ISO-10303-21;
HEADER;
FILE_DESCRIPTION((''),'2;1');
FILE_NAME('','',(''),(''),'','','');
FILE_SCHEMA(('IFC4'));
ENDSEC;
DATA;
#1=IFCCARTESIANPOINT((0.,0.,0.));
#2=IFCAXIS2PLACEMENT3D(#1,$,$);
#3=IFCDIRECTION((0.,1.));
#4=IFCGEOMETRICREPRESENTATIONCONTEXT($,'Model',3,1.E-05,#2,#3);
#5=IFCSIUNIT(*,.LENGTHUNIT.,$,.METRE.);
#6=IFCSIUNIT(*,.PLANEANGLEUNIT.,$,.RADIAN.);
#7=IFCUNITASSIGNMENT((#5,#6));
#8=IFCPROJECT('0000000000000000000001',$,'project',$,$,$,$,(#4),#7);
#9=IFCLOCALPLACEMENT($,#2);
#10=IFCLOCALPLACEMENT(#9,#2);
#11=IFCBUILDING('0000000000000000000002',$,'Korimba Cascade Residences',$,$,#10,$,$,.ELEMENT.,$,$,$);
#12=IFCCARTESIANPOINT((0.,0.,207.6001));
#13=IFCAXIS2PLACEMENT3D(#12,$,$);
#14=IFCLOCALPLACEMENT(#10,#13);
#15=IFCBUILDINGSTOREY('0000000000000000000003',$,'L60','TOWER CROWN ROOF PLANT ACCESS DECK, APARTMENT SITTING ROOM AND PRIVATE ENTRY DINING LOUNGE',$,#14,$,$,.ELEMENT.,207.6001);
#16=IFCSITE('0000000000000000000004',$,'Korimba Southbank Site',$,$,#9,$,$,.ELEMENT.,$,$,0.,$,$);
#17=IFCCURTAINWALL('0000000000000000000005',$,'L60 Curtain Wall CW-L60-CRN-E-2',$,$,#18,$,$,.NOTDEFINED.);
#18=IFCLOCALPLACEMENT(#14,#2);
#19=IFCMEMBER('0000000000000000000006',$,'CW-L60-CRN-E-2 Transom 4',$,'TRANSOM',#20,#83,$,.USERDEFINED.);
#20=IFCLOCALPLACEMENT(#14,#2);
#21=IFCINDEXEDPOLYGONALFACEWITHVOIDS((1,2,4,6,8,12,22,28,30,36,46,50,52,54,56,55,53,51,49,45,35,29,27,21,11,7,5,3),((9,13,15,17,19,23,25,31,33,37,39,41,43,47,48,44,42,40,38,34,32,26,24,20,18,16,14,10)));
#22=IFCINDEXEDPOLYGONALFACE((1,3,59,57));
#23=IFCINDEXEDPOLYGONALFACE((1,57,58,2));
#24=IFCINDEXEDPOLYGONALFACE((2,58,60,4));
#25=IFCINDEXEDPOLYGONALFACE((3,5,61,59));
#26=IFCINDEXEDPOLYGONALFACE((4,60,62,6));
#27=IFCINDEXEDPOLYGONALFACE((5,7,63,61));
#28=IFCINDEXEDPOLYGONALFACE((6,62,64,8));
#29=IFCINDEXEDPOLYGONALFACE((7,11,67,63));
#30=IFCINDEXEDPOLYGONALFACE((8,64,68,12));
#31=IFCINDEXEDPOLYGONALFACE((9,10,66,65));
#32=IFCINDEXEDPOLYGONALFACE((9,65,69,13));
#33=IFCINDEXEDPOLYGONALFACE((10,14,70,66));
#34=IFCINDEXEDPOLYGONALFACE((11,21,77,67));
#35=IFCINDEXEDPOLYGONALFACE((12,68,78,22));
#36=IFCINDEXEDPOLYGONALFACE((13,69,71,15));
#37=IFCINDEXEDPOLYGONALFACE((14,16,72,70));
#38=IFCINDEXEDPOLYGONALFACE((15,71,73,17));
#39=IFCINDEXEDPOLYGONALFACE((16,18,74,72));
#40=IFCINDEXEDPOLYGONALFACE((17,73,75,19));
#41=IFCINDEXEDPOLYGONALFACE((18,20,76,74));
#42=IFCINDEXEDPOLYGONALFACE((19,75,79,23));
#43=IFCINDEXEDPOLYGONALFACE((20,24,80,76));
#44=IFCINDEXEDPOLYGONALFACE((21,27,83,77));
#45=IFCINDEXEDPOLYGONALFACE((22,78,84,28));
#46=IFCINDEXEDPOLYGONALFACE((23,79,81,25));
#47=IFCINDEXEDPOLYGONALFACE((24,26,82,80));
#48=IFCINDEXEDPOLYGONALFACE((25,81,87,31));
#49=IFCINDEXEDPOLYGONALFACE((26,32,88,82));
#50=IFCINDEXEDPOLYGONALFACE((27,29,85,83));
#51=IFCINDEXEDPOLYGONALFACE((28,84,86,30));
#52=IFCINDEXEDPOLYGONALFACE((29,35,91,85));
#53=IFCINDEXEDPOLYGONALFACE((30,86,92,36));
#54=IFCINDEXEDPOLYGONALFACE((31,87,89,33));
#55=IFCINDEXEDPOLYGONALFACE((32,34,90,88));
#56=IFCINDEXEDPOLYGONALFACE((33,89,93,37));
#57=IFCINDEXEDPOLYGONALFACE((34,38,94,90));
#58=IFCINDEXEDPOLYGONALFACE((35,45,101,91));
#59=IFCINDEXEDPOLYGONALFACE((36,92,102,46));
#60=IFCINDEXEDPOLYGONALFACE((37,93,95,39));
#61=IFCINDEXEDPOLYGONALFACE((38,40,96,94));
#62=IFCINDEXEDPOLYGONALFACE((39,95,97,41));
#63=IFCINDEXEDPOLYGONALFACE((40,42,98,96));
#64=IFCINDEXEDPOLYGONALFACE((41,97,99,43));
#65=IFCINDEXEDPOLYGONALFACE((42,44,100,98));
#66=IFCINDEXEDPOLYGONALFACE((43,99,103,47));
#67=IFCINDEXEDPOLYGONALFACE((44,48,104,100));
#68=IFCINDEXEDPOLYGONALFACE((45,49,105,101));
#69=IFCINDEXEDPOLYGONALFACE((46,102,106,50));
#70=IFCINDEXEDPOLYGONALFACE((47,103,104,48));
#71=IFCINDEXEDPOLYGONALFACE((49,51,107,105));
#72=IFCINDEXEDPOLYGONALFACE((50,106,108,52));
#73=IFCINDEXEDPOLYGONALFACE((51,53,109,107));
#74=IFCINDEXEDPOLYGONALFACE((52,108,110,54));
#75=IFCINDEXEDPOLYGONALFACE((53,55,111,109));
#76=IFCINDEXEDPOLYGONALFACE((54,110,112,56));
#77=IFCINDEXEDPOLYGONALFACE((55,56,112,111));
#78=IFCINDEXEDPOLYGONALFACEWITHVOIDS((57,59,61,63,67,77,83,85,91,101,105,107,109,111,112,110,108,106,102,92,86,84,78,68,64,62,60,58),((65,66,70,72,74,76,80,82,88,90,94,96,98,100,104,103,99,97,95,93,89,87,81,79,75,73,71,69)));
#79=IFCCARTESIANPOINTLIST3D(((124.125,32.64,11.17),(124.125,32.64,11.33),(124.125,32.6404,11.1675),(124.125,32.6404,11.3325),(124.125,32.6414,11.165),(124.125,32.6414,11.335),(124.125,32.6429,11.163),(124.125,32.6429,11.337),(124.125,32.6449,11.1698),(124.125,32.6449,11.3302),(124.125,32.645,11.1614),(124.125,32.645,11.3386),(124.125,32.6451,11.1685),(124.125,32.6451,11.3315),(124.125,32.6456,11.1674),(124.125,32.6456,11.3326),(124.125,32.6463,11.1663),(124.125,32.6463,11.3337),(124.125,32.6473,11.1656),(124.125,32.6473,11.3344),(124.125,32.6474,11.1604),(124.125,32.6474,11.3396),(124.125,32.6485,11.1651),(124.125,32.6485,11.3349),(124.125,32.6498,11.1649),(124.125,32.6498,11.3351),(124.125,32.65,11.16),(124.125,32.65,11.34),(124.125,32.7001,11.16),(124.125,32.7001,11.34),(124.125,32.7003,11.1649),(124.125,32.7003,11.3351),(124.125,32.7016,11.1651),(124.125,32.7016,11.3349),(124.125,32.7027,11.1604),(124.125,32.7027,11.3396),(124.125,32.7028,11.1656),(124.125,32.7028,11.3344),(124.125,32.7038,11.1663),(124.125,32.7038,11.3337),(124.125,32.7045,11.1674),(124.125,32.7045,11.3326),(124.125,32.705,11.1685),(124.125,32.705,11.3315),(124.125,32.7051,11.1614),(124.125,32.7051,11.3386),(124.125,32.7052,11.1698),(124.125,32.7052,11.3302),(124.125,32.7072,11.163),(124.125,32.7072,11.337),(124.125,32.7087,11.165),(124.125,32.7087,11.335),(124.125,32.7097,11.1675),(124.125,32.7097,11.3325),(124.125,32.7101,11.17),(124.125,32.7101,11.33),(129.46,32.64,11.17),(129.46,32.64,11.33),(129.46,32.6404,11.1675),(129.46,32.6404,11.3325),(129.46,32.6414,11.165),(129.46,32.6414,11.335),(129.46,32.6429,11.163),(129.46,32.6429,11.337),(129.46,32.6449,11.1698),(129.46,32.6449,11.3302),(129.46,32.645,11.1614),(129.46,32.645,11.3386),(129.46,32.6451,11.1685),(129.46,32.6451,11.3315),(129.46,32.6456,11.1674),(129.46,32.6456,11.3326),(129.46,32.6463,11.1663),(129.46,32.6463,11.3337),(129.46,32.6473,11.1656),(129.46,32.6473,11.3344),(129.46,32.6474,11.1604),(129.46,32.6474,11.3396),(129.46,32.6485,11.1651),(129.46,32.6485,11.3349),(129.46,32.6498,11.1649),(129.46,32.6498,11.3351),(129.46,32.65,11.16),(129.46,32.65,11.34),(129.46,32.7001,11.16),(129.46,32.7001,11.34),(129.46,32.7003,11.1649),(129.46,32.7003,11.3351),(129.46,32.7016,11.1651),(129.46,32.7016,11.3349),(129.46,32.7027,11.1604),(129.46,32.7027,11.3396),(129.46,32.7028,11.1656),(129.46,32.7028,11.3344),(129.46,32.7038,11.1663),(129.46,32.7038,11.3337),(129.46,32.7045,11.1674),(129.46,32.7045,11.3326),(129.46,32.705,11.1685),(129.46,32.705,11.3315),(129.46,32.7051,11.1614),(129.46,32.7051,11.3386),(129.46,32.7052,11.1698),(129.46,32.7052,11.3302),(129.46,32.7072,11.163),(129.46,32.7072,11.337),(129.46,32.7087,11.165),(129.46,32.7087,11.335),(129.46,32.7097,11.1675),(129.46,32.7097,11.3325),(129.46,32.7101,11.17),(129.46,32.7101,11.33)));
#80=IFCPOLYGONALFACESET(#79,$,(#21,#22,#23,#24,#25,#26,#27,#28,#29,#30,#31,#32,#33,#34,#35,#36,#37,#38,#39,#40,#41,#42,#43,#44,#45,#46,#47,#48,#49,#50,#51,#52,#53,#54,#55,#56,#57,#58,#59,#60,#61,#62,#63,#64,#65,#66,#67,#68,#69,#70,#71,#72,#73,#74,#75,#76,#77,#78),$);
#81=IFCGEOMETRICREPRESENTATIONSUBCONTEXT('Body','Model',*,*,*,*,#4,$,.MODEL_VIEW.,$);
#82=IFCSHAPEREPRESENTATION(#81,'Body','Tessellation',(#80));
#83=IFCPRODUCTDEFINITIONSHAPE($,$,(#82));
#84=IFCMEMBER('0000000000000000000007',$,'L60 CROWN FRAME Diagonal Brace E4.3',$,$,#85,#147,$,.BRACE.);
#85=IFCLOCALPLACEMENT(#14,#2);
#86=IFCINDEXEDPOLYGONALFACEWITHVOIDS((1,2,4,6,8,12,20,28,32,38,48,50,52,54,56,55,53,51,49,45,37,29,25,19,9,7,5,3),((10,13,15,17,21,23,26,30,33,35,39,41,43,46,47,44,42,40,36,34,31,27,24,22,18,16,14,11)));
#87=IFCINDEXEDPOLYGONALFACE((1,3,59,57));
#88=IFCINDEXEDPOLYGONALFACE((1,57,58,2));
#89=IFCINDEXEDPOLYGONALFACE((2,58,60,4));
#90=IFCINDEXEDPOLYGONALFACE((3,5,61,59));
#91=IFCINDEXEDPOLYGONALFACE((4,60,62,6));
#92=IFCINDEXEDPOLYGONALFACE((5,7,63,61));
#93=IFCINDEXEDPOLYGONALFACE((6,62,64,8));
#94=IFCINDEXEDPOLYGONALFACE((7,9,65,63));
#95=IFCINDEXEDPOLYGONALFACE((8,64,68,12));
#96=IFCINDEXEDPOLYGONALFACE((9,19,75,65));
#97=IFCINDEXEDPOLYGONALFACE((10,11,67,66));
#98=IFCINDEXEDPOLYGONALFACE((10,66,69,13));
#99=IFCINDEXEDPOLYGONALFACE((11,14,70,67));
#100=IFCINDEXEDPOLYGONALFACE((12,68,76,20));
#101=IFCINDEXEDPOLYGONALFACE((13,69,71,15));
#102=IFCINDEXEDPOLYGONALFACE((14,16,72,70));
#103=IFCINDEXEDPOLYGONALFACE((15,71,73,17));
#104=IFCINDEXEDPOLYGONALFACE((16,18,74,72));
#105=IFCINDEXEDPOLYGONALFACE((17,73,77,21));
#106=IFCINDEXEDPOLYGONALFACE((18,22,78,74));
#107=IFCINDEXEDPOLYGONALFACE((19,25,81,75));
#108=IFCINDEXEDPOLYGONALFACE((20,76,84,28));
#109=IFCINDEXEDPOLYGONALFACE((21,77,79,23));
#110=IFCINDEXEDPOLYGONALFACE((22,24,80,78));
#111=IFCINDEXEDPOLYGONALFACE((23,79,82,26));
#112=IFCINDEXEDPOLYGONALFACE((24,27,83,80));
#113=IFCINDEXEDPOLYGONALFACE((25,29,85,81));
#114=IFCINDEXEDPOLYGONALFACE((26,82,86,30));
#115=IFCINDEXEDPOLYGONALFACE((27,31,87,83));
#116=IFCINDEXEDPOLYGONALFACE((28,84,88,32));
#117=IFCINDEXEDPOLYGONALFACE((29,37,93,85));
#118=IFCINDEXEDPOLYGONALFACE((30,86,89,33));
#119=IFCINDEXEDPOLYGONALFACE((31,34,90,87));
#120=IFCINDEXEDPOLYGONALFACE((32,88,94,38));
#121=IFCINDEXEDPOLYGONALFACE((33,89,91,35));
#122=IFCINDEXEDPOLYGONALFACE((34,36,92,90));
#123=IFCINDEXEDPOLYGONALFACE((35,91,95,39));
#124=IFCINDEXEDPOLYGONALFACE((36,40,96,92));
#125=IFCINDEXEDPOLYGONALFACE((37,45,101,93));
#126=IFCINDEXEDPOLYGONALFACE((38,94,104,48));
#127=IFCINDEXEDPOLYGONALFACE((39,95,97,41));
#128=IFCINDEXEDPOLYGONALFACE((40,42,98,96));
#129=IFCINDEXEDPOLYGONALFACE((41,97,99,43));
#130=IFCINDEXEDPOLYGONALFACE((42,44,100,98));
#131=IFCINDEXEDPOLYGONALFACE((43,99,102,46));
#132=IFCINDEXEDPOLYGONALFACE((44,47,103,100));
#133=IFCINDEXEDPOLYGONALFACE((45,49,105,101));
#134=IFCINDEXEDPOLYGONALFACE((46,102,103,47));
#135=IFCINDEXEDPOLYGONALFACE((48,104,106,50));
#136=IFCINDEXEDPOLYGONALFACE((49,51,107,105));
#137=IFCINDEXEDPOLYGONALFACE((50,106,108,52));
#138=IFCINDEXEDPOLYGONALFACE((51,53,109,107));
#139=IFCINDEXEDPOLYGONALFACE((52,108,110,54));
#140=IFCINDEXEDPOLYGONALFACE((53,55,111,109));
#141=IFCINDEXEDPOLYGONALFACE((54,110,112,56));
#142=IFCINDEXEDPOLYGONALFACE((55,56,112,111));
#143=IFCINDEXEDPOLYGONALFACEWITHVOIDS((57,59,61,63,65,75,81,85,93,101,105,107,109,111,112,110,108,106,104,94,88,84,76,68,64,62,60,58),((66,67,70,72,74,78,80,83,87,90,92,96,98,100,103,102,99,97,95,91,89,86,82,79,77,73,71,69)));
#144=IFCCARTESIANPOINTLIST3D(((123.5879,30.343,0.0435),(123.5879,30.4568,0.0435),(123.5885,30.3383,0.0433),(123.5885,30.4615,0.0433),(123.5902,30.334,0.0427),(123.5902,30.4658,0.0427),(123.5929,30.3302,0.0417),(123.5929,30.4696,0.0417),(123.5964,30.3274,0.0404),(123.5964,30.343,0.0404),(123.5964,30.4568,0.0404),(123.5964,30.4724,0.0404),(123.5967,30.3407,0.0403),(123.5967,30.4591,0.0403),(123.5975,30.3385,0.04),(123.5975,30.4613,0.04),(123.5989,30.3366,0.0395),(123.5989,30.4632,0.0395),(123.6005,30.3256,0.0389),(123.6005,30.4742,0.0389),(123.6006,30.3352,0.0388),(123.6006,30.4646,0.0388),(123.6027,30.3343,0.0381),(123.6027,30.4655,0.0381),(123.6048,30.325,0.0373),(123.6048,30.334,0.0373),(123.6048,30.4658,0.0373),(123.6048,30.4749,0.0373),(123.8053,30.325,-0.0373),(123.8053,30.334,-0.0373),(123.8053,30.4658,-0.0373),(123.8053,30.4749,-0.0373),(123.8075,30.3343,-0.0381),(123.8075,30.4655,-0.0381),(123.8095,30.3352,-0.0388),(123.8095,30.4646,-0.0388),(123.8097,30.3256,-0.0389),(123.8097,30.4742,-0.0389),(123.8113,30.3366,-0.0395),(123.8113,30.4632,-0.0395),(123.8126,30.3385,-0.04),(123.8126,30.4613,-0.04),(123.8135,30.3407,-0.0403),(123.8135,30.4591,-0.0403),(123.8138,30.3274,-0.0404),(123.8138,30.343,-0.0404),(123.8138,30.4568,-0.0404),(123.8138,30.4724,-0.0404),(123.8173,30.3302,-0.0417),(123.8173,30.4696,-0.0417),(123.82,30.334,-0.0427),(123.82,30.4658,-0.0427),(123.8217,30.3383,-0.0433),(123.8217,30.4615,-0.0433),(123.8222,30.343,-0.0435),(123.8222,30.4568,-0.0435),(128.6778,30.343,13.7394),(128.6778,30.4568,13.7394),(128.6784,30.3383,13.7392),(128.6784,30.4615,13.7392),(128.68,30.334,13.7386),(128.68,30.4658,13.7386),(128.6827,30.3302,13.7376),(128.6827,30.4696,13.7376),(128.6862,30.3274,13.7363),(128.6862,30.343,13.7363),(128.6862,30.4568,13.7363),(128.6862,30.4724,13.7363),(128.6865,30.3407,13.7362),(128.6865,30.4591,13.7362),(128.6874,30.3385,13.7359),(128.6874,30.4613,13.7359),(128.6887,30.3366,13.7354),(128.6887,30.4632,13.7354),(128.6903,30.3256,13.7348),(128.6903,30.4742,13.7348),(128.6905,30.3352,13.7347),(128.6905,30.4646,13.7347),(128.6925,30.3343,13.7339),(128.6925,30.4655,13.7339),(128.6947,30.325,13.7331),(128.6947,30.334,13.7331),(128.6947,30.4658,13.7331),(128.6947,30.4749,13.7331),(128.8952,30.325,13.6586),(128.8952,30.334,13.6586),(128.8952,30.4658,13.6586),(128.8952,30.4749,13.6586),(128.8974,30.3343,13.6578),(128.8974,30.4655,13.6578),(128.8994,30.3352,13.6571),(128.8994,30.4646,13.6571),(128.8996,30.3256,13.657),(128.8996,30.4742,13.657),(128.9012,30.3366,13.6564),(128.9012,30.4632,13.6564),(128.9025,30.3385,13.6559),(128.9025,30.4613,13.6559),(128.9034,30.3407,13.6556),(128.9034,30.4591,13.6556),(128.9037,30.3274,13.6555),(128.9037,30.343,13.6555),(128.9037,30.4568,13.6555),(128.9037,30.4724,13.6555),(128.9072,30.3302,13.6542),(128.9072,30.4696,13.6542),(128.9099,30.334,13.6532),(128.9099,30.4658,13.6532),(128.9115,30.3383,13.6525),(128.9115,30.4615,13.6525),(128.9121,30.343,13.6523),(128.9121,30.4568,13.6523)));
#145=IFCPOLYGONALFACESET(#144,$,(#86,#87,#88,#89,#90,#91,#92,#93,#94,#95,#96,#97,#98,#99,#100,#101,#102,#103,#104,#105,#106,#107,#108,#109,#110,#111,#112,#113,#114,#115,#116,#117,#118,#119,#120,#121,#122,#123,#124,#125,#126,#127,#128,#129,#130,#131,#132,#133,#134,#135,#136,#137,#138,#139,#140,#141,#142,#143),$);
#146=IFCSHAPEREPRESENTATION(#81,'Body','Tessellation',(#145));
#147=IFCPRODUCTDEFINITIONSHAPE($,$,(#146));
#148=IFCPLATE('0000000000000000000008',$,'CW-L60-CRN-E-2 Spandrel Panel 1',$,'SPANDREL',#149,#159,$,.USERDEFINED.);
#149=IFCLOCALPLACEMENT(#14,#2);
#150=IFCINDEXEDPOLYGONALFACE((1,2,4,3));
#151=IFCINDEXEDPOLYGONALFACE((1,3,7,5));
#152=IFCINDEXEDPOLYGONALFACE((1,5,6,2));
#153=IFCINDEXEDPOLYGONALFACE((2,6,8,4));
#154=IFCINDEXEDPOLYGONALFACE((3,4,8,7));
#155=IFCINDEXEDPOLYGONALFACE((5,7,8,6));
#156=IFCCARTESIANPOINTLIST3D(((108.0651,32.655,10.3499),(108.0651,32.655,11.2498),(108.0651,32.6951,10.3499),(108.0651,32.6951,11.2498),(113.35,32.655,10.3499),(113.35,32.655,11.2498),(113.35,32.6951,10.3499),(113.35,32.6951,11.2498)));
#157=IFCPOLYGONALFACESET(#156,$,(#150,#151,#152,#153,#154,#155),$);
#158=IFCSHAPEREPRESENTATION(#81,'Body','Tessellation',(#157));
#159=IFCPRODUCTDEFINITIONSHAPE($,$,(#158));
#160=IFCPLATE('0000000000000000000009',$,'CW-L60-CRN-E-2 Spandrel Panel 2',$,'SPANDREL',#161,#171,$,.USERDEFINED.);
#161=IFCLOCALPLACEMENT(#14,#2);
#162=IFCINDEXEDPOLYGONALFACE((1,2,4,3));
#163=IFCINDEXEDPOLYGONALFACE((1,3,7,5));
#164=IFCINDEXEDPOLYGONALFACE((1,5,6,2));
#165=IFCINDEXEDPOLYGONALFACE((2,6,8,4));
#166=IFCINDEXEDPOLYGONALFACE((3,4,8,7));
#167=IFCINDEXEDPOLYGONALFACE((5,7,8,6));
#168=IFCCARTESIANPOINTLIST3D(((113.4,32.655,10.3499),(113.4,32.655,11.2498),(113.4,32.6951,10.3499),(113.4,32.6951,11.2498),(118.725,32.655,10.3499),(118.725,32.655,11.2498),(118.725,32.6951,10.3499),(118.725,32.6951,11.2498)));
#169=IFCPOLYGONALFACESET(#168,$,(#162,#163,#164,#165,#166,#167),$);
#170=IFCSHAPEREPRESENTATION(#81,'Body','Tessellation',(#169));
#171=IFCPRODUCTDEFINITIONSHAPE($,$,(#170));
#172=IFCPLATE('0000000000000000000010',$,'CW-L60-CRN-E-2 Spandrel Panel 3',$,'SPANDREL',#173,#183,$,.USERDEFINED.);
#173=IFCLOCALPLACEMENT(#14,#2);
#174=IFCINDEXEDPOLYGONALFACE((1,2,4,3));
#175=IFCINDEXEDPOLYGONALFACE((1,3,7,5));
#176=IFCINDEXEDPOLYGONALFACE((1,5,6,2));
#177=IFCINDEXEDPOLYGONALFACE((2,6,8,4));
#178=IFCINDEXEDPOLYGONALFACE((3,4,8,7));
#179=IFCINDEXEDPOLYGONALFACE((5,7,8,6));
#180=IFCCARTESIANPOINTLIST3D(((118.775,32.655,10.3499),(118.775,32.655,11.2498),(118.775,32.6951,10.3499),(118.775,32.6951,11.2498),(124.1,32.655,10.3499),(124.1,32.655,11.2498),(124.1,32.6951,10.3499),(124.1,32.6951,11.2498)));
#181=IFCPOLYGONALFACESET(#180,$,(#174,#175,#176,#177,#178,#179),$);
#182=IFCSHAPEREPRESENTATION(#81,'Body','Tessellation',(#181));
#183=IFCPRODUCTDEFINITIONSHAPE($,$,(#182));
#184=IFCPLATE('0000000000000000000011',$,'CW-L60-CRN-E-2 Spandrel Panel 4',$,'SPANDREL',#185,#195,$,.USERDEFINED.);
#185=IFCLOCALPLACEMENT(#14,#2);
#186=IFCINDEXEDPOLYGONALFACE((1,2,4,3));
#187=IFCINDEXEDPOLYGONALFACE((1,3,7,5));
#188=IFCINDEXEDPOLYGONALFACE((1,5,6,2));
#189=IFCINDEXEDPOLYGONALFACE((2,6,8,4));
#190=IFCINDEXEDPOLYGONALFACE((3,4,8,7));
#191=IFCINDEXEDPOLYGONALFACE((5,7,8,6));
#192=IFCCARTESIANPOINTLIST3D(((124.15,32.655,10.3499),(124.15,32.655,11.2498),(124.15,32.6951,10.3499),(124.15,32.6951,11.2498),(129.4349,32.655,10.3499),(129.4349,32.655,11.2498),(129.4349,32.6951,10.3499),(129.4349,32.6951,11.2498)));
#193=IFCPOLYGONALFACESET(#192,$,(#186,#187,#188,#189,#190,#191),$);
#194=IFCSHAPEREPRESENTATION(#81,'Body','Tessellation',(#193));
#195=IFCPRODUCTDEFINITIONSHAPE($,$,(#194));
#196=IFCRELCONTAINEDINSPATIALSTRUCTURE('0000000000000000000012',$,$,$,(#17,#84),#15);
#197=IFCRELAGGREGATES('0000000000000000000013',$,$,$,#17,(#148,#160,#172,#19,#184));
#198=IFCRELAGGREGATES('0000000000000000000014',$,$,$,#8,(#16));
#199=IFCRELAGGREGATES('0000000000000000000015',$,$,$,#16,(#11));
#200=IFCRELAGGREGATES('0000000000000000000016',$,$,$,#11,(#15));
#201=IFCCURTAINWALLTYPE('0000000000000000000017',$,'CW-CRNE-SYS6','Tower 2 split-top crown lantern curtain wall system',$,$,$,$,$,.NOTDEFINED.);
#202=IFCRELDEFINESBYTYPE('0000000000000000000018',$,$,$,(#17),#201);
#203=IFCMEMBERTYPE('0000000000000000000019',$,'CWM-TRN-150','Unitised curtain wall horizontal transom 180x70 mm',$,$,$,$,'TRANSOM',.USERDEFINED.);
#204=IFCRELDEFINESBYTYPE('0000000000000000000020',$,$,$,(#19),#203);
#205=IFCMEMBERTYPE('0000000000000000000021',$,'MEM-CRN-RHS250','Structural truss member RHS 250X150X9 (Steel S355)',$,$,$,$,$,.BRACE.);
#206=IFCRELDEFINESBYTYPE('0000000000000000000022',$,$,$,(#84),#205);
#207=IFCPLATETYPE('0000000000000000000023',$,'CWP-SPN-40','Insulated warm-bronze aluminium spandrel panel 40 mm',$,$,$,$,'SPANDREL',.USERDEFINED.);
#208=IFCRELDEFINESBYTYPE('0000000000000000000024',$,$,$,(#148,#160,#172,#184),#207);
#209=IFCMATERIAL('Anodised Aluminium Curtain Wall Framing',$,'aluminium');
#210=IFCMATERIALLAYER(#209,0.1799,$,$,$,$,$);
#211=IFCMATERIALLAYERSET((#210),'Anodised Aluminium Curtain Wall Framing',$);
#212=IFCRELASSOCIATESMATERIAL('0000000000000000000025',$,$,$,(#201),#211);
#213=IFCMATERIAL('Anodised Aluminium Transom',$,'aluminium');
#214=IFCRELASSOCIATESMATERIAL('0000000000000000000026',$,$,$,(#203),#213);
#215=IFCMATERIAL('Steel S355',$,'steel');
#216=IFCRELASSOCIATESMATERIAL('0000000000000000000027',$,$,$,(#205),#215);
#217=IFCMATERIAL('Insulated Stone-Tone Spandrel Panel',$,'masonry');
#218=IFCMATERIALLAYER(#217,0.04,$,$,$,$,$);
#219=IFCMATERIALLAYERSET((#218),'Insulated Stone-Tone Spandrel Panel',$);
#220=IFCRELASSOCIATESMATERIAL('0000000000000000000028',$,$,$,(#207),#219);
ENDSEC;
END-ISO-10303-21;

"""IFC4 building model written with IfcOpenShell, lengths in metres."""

from ifc_helpers import new_model, si_unit, direction, frame, origin, origin_2d, place, context, subcontext, project, spatial, rectangle, hollow_rectangle, extrude, material, layer, layer_set, material_profile, profile_set, type_object, element, aggregate, save


model = new_model("IFC4")

# Units and contexts
model_context = context("Model", 3, precision=1e-05, world=origin(), true_north=direction((0.0, 1.0)))
body_context = subcontext(model_context, "Body", "Model", "MODEL_VIEW")
ifc_project = project(units=[si_unit("LENGTHUNIT", "METRE"), si_unit("PLANEANGLEUNIT", "RADIAN")], contexts=[model_context])

# Site, building, storey
site_placement = place(None, origin())
site = spatial("IfcSite", under=ifc_project, at=site_placement, Name="Korimba Southbank Site", CompositionType="ELEMENT", RefElevation=0.0)
building_placement = place(site_placement, origin())
building = spatial("IfcBuilding", under=site, at=building_placement, Name="Korimba Cascade Residences", CompositionType="ELEMENT")
storey_placement = place(building_placement, frame((0.0, 0.0, 207.6001)))
storey = spatial("IfcBuildingStorey", under=building, at=storey_placement, Name="L60", Description="TOWER CROWN ROOF PLANT ACCESS DECK, APARTMENT SITTING ROOM AND PRIVATE ENTRY DINING LOUNGE", CompositionType="ELEMENT", Elevation=207.6001)

# Shared definitions
ifc_material_1 = material(Name="Steel S355", Category="steel")

# Curtain wall, member
ifc_material_2 = material(Name="Anodised Aluminium Curtain Wall Framing", Category="aluminium")
ifc_layer_1 = layer(ifc_material_2, 0.1799)
ifc_layer_set_1 = layer_set([ifc_layer_1], Name="Anodised Aluminium Curtain Wall Framing")
curtain_wall_type = type_object("IfcCurtainWallType", Name="CW-CRNE-SYS6", Description="Tower 2 split-top crown lantern curtain wall system", PredefinedType="NOTDEFINED", material=ifc_layer_set_1)
curtain_wall_placement = place(storey_placement, origin())
curtain_wall = element("IfcCurtainWall", 1, at=curtain_wall_placement, inside=storey, type_object=curtain_wall_type, Name="L60 Curtain Wall CW-L60-CRN-E-2", PredefinedType="NOTDEFINED")
ifc_material_3 = material(Name="Anodised Aluminium Transom", Category="aluminium")
ifc_material_profile_1 = material_profile(ifc_material_3, hollow_rectangle(XDim=0.0701, YDim=0.1799, WallThickness=0.0049, InnerFilletRadius=0.0049, OuterFilletRadius=0.01, at=origin_2d()), Name="Anodised Aluminium Transom")
ifc_profile_set_1 = profile_set([ifc_material_profile_1], Name="Anodised Aluminium Transom")
member_type_1 = type_object("IfcMemberType", Name="CWM-TRN-150", Description="Unitised curtain wall horizontal transom 180x70 mm", ElementType="TRANSOM", PredefinedType="USERDEFINED", material=ifc_profile_set_1)
member_1_placement = place(storey_placement, frame((124.125, 32.675, 11.25), z_axis=(1.0, 0.0, 0.0), x_axis=(0.0, 1.0, 0.0)))
member_1 = element("IfcMember", 2, at=member_1_placement, type_object=member_type_1, Name="CW-L60-CRN-E-2 Transom 4", ObjectType="TRANSOM", PredefinedType="USERDEFINED", context=body_context, shape_type="SweptSolid", body=[
    extrude(hollow_rectangle(XDim=0.0701, YDim=0.1799, WallThickness=0.0049, InnerFilletRadius=0.0049, OuterFilletRadius=0.01, at=origin_2d()), origin(), (0.0, 0.0, 1.0), 5.335),
])

# Member
ifc_material_profile_2 = material_profile(ifc_material_1, hollow_rectangle(XDim=0.1499, YDim=0.25, WallThickness=0.009, InnerFilletRadius=0.009, OuterFilletRadius=0.0181, at=origin_2d()), Name="Steel S355")
ifc_profile_set_2 = profile_set([ifc_material_profile_2], Name="Steel S355")
member_type_2 = type_object("IfcMemberType", Name="MEM-CRN-RHS250", Description="Structural truss member RHS 250X150X9 (Steel S355)", PredefinedType="BRACE", material=ifc_profile_set_2)
member_2_placement = place(storey_placement, frame((123.7051, 30.3999, 0.0), z_axis=(0.348357, 0.0, 0.937362), x_axis=(0.0, 1.0, 0.0)))
element("IfcMember", 3, at=member_2_placement, inside=storey, type_object=member_type_2, Name="L60 CROWN FRAME Diagonal Brace E4.3", PredefinedType="BRACE", context=body_context, shape_type="SweptSolid", body=[
    extrude(hollow_rectangle(XDim=0.1499, YDim=0.25, WallThickness=0.009, InnerFilletRadius=0.009, OuterFilletRadius=0.0181, at=origin_2d()), origin(), (0.0, 0.0, 1.0), 14.6111),
])

# Plates
ifc_material_4 = material(Name="Insulated Stone-Tone Spandrel Panel", Category="masonry")
ifc_layer_2 = layer(ifc_material_4, 0.04)
ifc_layer_set_2 = layer_set([ifc_layer_2], Name="Insulated Stone-Tone Spandrel Panel")
plate_type_1 = type_object("IfcPlateType", Name="CWP-SPN-40", Description="Insulated warm-bronze aluminium spandrel panel 40 mm", ElementType="SPANDREL", PredefinedType="USERDEFINED", material=ifc_layer_set_2)
plate_1_placement = place(storey_placement, frame((110.7075, 32.675, 10.3499), z_axis=(0.0, 0.0, 1.0), x_axis=(1.0, 0.0, 0.0)))
plate_1 = element("IfcPlate", 4, at=plate_1_placement, type_object=plate_type_1, Name="CW-L60-CRN-E-2 Spandrel Panel 1", ObjectType="SPANDREL", PredefinedType="USERDEFINED", context=body_context, shape_type="SweptSolid", body=[
    extrude(rectangle(XDim=5.2849, YDim=0.04, at=origin_2d()), origin(), (0.0, 0.0, 1.0), 0.8999),
])
plate_2_placement = place(storey_placement, frame((116.0625, 32.675, 10.3499), z_axis=(0.0, 0.0, 1.0), x_axis=(1.0, 0.0, 0.0)))
plate_2 = element("IfcPlate", 5, at=plate_2_placement, type_object=plate_type_1, Name="CW-L60-CRN-E-2 Spandrel Panel 2", ObjectType="SPANDREL", PredefinedType="USERDEFINED", context=body_context, shape_type="SweptSolid", body=[
    extrude(rectangle(XDim=5.325, YDim=0.04, at=origin_2d()), origin(), (0.0, 0.0, 1.0), 0.8999),
])
plate_3_placement = place(storey_placement, frame((121.4375, 32.675, 10.3499), z_axis=(0.0, 0.0, 1.0), x_axis=(1.0, 0.0, 0.0)))
plate_3 = element("IfcPlate", 6, at=plate_3_placement, type_object=plate_type_1, Name="CW-L60-CRN-E-2 Spandrel Panel 3", ObjectType="SPANDREL", PredefinedType="USERDEFINED", context=body_context, shape_type="SweptSolid", body=[
    extrude(rectangle(XDim=5.325, YDim=0.04, at=origin_2d()), origin(), (0.0, 0.0, 1.0), 0.8999),
])
plate_4_placement = place(storey_placement, frame((126.7925, 32.675, 10.3499), z_axis=(0.0, 0.0, 1.0), x_axis=(1.0, 0.0, 0.0)))
plate_4 = element("IfcPlate", 7, at=plate_4_placement, type_object=plate_type_1, Name="CW-L60-CRN-E-2 Spandrel Panel 4", ObjectType="SPANDREL", PredefinedType="USERDEFINED", context=body_context, shape_type="SweptSolid", body=[
    extrude(rectangle(XDim=5.2849, YDim=0.04, at=origin_2d()), origin(), (0.0, 0.0, 1.0), 0.8999),
])
aggregate(curtain_wall, [plate_1, plate_2, plate_3, member_1, plate_4])

save(model, "model.ifc")
